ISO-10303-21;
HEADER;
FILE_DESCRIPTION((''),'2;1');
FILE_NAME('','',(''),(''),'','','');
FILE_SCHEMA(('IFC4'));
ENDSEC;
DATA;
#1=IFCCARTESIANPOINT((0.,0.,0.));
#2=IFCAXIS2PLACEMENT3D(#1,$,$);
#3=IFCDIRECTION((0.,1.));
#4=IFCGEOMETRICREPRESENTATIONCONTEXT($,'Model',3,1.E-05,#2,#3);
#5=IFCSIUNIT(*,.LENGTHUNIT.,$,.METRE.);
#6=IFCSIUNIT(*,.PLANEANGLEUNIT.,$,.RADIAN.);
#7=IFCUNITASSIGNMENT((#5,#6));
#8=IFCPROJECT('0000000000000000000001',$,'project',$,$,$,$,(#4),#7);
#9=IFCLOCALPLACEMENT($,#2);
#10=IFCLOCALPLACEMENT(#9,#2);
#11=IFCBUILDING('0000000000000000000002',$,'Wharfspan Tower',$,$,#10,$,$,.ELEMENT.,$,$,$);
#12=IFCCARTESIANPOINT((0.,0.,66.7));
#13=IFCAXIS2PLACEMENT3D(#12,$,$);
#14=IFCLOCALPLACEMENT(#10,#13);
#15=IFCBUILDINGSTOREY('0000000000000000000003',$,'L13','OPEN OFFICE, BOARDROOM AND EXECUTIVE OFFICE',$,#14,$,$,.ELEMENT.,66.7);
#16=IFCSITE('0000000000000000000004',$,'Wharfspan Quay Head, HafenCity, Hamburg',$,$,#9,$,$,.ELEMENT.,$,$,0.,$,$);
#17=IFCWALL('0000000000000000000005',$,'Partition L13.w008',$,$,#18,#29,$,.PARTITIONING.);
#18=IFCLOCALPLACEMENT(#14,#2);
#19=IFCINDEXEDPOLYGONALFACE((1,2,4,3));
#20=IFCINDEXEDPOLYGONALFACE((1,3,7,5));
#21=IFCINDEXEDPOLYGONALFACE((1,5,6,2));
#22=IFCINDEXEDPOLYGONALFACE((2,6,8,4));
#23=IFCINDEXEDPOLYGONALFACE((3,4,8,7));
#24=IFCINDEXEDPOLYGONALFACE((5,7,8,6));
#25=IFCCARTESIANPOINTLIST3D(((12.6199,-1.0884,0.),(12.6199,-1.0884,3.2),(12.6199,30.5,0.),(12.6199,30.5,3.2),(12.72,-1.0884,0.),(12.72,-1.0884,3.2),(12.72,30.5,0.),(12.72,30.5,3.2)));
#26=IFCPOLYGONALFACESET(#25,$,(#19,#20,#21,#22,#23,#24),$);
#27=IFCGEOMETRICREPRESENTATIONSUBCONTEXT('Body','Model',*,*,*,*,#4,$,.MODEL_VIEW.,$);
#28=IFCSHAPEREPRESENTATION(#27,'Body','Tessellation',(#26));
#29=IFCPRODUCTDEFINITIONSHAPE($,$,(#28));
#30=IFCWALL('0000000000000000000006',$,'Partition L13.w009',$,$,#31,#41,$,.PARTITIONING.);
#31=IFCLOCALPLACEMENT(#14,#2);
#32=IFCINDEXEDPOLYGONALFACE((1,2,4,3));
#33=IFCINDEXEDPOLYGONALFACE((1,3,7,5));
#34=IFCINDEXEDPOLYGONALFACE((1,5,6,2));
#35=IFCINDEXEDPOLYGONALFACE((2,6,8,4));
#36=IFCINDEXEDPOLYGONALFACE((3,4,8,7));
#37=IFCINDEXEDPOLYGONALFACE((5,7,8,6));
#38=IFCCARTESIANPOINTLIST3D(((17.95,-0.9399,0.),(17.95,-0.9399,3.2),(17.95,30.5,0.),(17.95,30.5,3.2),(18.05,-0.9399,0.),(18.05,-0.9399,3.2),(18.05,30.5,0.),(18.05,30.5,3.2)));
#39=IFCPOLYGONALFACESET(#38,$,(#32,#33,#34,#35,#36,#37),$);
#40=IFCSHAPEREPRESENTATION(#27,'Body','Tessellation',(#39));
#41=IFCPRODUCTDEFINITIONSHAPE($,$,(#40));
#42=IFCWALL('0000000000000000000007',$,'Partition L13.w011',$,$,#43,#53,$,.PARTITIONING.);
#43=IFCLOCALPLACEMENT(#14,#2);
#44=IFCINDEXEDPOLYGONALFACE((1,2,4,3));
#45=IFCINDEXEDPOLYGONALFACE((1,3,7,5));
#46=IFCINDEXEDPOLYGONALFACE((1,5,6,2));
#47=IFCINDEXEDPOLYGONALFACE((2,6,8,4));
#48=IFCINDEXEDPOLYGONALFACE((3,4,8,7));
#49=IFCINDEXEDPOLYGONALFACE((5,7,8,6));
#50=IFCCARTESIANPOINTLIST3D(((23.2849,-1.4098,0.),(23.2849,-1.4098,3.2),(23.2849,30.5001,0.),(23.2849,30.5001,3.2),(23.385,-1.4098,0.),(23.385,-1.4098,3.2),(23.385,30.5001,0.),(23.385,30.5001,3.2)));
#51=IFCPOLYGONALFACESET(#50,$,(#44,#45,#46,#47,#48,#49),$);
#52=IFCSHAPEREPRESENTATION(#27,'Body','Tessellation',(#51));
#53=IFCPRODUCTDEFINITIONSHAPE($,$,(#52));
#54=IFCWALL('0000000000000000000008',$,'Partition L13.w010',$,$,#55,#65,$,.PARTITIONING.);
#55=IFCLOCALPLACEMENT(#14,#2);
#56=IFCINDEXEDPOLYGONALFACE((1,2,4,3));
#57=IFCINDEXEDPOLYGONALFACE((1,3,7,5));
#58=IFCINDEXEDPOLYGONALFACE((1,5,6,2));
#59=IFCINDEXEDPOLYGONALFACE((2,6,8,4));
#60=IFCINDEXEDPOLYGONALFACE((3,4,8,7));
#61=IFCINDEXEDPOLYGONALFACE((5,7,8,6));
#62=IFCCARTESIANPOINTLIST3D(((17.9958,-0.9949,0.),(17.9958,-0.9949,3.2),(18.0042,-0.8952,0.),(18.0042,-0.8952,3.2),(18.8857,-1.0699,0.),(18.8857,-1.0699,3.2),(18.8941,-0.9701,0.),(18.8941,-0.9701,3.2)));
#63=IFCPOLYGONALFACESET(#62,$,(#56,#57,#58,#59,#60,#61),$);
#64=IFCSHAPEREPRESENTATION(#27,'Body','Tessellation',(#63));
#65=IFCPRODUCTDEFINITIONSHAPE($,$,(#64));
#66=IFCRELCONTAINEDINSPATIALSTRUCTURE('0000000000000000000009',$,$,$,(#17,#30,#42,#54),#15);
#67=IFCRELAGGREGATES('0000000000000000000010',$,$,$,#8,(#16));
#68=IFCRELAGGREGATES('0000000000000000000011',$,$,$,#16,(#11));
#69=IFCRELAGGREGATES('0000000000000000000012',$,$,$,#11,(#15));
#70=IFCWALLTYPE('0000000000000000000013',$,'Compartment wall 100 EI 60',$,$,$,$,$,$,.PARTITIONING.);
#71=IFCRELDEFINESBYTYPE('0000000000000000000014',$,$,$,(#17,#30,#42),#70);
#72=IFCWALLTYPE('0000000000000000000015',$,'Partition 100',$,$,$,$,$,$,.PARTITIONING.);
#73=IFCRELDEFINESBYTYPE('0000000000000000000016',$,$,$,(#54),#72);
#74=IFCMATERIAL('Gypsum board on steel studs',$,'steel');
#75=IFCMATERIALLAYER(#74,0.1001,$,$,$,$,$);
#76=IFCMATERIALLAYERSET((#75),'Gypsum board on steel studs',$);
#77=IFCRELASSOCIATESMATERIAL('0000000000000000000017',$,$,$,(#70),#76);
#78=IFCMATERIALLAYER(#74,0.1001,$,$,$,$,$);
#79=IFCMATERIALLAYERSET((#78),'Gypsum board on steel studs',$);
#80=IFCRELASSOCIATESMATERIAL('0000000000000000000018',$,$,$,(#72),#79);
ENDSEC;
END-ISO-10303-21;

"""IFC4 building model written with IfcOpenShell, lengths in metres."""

from ifc_helpers import new_model, si_unit, direction, frame, frame_2d, origin, place, context, subcontext, project, spatial, rectangle, extrude, material, layer, layer_set, type_object, element, save


model = new_model("IFC4")

# Units and contexts
model_context = context("Model", 3, precision=1e-05, world=origin(), true_north=direction((0.0, 1.0)))
body_context = subcontext(model_context, "Body", "Model", "MODEL_VIEW")
ifc_project = project(units=[si_unit("LENGTHUNIT", "METRE"), si_unit("PLANEANGLEUNIT", "RADIAN")], contexts=[model_context])

# Site, building, storey
site_placement = place(None, origin())
site = spatial("IfcSite", under=ifc_project, at=site_placement, Name="Wharfspan Quay Head, HafenCity, Hamburg", CompositionType="ELEMENT", RefElevation=0.0)
building_placement = place(site_placement, origin())
building = spatial("IfcBuilding", under=site, at=building_placement, Name="Wharfspan Tower", CompositionType="ELEMENT")
storey_placement = place(building_placement, frame((0.0, 0.0, 66.7)))
storey = spatial("IfcBuildingStorey", under=building, at=storey_placement, Name="L13", Description="OPEN OFFICE, BOARDROOM AND EXECUTIVE OFFICE", CompositionType="ELEMENT", Elevation=66.7)

# Walls
ifc_material_1 = material(Name="Gypsum board on steel studs", Category="steel")
ifc_layer_1 = layer(ifc_material_1, 0.1001)
ifc_layer_set_1 = layer_set([ifc_layer_1], Name="Gypsum board on steel studs")
wall_type_1 = type_object("IfcWallType", Name="Compartment wall 100 EI 60", PredefinedType="PARTITIONING", material=ifc_layer_set_1)
wall_1_placement = place(storey_placement, frame((12.6699, -1.0884, 0.0), z_axis=(0.0, 0.0, 1.0), x_axis=(0.0, 1.0, 0.0)))
element("IfcWall", 1, at=wall_1_placement, inside=storey, type_object=wall_type_1, Name="Partition L13.w008", PredefinedType="PARTITIONING", context=body_context, shape_type="SweptSolid", body=[
    extrude(rectangle(XDim=31.5884, YDim=0.1001, at=frame_2d((15.7942, 0.0))), origin(), (0.0, 0.0, 1.0), 3.2),
])
wall_2_placement = place(storey_placement, frame((18.0, -0.9399, 0.0), z_axis=(0.0, 0.0, 1.0), x_axis=(0.0, 1.0, 0.0)))
element("IfcWall", 2, at=wall_2_placement, inside=storey, type_object=wall_type_1, Name="Partition L13.w009", PredefinedType="PARTITIONING", context=body_context, shape_type="SweptSolid", body=[
    extrude(rectangle(XDim=31.4399, YDim=0.1001, at=frame_2d((15.72, 0.0))), origin(), (0.0, 0.0, 1.0), 3.2),
])
wall_3_placement = place(storey_placement, frame((23.335, -1.4099, 0.0), z_axis=(0.0, 0.0, 1.0), x_axis=(0.0, 1.0, 0.0)))
element("IfcWall", 3, at=wall_3_placement, inside=storey, type_object=wall_type_1, Name="Partition L13.w011", PredefinedType="PARTITIONING", context=body_context, shape_type="SweptSolid", body=[
    extrude(rectangle(XDim=31.9099, YDim=0.1001, at=frame_2d((15.9551, 0.0))), origin(), (0.0, 0.0, 1.0), 3.2),
])
ifc_layer_2 = layer(ifc_material_1, 0.1001)
ifc_layer_set_2 = layer_set([ifc_layer_2], Name="Gypsum board on steel studs")
wall_type_2 = type_object("IfcWallType", Name="Partition 100", PredefinedType="PARTITIONING", material=ifc_layer_set_2)
wall_4_placement = place(storey_placement, frame((18.8899, -1.02, 0.0), z_axis=(0.0, 0.0, 1.0), x_axis=(-0.996474, 0.083928, 0.0)))
element("IfcWall", 4, at=wall_4_placement, inside=storey, type_object=wall_type_2, Name="Partition L13.w010", PredefinedType="PARTITIONING", context=body_context, shape_type="SweptSolid", body=[
    extrude(rectangle(XDim=0.8931, YDim=0.1001, at=frame_2d((0.4465, 0.0))), origin(), (0.0, 0.0, 1.0), 3.2),
])

save(model, "model.ifc")
